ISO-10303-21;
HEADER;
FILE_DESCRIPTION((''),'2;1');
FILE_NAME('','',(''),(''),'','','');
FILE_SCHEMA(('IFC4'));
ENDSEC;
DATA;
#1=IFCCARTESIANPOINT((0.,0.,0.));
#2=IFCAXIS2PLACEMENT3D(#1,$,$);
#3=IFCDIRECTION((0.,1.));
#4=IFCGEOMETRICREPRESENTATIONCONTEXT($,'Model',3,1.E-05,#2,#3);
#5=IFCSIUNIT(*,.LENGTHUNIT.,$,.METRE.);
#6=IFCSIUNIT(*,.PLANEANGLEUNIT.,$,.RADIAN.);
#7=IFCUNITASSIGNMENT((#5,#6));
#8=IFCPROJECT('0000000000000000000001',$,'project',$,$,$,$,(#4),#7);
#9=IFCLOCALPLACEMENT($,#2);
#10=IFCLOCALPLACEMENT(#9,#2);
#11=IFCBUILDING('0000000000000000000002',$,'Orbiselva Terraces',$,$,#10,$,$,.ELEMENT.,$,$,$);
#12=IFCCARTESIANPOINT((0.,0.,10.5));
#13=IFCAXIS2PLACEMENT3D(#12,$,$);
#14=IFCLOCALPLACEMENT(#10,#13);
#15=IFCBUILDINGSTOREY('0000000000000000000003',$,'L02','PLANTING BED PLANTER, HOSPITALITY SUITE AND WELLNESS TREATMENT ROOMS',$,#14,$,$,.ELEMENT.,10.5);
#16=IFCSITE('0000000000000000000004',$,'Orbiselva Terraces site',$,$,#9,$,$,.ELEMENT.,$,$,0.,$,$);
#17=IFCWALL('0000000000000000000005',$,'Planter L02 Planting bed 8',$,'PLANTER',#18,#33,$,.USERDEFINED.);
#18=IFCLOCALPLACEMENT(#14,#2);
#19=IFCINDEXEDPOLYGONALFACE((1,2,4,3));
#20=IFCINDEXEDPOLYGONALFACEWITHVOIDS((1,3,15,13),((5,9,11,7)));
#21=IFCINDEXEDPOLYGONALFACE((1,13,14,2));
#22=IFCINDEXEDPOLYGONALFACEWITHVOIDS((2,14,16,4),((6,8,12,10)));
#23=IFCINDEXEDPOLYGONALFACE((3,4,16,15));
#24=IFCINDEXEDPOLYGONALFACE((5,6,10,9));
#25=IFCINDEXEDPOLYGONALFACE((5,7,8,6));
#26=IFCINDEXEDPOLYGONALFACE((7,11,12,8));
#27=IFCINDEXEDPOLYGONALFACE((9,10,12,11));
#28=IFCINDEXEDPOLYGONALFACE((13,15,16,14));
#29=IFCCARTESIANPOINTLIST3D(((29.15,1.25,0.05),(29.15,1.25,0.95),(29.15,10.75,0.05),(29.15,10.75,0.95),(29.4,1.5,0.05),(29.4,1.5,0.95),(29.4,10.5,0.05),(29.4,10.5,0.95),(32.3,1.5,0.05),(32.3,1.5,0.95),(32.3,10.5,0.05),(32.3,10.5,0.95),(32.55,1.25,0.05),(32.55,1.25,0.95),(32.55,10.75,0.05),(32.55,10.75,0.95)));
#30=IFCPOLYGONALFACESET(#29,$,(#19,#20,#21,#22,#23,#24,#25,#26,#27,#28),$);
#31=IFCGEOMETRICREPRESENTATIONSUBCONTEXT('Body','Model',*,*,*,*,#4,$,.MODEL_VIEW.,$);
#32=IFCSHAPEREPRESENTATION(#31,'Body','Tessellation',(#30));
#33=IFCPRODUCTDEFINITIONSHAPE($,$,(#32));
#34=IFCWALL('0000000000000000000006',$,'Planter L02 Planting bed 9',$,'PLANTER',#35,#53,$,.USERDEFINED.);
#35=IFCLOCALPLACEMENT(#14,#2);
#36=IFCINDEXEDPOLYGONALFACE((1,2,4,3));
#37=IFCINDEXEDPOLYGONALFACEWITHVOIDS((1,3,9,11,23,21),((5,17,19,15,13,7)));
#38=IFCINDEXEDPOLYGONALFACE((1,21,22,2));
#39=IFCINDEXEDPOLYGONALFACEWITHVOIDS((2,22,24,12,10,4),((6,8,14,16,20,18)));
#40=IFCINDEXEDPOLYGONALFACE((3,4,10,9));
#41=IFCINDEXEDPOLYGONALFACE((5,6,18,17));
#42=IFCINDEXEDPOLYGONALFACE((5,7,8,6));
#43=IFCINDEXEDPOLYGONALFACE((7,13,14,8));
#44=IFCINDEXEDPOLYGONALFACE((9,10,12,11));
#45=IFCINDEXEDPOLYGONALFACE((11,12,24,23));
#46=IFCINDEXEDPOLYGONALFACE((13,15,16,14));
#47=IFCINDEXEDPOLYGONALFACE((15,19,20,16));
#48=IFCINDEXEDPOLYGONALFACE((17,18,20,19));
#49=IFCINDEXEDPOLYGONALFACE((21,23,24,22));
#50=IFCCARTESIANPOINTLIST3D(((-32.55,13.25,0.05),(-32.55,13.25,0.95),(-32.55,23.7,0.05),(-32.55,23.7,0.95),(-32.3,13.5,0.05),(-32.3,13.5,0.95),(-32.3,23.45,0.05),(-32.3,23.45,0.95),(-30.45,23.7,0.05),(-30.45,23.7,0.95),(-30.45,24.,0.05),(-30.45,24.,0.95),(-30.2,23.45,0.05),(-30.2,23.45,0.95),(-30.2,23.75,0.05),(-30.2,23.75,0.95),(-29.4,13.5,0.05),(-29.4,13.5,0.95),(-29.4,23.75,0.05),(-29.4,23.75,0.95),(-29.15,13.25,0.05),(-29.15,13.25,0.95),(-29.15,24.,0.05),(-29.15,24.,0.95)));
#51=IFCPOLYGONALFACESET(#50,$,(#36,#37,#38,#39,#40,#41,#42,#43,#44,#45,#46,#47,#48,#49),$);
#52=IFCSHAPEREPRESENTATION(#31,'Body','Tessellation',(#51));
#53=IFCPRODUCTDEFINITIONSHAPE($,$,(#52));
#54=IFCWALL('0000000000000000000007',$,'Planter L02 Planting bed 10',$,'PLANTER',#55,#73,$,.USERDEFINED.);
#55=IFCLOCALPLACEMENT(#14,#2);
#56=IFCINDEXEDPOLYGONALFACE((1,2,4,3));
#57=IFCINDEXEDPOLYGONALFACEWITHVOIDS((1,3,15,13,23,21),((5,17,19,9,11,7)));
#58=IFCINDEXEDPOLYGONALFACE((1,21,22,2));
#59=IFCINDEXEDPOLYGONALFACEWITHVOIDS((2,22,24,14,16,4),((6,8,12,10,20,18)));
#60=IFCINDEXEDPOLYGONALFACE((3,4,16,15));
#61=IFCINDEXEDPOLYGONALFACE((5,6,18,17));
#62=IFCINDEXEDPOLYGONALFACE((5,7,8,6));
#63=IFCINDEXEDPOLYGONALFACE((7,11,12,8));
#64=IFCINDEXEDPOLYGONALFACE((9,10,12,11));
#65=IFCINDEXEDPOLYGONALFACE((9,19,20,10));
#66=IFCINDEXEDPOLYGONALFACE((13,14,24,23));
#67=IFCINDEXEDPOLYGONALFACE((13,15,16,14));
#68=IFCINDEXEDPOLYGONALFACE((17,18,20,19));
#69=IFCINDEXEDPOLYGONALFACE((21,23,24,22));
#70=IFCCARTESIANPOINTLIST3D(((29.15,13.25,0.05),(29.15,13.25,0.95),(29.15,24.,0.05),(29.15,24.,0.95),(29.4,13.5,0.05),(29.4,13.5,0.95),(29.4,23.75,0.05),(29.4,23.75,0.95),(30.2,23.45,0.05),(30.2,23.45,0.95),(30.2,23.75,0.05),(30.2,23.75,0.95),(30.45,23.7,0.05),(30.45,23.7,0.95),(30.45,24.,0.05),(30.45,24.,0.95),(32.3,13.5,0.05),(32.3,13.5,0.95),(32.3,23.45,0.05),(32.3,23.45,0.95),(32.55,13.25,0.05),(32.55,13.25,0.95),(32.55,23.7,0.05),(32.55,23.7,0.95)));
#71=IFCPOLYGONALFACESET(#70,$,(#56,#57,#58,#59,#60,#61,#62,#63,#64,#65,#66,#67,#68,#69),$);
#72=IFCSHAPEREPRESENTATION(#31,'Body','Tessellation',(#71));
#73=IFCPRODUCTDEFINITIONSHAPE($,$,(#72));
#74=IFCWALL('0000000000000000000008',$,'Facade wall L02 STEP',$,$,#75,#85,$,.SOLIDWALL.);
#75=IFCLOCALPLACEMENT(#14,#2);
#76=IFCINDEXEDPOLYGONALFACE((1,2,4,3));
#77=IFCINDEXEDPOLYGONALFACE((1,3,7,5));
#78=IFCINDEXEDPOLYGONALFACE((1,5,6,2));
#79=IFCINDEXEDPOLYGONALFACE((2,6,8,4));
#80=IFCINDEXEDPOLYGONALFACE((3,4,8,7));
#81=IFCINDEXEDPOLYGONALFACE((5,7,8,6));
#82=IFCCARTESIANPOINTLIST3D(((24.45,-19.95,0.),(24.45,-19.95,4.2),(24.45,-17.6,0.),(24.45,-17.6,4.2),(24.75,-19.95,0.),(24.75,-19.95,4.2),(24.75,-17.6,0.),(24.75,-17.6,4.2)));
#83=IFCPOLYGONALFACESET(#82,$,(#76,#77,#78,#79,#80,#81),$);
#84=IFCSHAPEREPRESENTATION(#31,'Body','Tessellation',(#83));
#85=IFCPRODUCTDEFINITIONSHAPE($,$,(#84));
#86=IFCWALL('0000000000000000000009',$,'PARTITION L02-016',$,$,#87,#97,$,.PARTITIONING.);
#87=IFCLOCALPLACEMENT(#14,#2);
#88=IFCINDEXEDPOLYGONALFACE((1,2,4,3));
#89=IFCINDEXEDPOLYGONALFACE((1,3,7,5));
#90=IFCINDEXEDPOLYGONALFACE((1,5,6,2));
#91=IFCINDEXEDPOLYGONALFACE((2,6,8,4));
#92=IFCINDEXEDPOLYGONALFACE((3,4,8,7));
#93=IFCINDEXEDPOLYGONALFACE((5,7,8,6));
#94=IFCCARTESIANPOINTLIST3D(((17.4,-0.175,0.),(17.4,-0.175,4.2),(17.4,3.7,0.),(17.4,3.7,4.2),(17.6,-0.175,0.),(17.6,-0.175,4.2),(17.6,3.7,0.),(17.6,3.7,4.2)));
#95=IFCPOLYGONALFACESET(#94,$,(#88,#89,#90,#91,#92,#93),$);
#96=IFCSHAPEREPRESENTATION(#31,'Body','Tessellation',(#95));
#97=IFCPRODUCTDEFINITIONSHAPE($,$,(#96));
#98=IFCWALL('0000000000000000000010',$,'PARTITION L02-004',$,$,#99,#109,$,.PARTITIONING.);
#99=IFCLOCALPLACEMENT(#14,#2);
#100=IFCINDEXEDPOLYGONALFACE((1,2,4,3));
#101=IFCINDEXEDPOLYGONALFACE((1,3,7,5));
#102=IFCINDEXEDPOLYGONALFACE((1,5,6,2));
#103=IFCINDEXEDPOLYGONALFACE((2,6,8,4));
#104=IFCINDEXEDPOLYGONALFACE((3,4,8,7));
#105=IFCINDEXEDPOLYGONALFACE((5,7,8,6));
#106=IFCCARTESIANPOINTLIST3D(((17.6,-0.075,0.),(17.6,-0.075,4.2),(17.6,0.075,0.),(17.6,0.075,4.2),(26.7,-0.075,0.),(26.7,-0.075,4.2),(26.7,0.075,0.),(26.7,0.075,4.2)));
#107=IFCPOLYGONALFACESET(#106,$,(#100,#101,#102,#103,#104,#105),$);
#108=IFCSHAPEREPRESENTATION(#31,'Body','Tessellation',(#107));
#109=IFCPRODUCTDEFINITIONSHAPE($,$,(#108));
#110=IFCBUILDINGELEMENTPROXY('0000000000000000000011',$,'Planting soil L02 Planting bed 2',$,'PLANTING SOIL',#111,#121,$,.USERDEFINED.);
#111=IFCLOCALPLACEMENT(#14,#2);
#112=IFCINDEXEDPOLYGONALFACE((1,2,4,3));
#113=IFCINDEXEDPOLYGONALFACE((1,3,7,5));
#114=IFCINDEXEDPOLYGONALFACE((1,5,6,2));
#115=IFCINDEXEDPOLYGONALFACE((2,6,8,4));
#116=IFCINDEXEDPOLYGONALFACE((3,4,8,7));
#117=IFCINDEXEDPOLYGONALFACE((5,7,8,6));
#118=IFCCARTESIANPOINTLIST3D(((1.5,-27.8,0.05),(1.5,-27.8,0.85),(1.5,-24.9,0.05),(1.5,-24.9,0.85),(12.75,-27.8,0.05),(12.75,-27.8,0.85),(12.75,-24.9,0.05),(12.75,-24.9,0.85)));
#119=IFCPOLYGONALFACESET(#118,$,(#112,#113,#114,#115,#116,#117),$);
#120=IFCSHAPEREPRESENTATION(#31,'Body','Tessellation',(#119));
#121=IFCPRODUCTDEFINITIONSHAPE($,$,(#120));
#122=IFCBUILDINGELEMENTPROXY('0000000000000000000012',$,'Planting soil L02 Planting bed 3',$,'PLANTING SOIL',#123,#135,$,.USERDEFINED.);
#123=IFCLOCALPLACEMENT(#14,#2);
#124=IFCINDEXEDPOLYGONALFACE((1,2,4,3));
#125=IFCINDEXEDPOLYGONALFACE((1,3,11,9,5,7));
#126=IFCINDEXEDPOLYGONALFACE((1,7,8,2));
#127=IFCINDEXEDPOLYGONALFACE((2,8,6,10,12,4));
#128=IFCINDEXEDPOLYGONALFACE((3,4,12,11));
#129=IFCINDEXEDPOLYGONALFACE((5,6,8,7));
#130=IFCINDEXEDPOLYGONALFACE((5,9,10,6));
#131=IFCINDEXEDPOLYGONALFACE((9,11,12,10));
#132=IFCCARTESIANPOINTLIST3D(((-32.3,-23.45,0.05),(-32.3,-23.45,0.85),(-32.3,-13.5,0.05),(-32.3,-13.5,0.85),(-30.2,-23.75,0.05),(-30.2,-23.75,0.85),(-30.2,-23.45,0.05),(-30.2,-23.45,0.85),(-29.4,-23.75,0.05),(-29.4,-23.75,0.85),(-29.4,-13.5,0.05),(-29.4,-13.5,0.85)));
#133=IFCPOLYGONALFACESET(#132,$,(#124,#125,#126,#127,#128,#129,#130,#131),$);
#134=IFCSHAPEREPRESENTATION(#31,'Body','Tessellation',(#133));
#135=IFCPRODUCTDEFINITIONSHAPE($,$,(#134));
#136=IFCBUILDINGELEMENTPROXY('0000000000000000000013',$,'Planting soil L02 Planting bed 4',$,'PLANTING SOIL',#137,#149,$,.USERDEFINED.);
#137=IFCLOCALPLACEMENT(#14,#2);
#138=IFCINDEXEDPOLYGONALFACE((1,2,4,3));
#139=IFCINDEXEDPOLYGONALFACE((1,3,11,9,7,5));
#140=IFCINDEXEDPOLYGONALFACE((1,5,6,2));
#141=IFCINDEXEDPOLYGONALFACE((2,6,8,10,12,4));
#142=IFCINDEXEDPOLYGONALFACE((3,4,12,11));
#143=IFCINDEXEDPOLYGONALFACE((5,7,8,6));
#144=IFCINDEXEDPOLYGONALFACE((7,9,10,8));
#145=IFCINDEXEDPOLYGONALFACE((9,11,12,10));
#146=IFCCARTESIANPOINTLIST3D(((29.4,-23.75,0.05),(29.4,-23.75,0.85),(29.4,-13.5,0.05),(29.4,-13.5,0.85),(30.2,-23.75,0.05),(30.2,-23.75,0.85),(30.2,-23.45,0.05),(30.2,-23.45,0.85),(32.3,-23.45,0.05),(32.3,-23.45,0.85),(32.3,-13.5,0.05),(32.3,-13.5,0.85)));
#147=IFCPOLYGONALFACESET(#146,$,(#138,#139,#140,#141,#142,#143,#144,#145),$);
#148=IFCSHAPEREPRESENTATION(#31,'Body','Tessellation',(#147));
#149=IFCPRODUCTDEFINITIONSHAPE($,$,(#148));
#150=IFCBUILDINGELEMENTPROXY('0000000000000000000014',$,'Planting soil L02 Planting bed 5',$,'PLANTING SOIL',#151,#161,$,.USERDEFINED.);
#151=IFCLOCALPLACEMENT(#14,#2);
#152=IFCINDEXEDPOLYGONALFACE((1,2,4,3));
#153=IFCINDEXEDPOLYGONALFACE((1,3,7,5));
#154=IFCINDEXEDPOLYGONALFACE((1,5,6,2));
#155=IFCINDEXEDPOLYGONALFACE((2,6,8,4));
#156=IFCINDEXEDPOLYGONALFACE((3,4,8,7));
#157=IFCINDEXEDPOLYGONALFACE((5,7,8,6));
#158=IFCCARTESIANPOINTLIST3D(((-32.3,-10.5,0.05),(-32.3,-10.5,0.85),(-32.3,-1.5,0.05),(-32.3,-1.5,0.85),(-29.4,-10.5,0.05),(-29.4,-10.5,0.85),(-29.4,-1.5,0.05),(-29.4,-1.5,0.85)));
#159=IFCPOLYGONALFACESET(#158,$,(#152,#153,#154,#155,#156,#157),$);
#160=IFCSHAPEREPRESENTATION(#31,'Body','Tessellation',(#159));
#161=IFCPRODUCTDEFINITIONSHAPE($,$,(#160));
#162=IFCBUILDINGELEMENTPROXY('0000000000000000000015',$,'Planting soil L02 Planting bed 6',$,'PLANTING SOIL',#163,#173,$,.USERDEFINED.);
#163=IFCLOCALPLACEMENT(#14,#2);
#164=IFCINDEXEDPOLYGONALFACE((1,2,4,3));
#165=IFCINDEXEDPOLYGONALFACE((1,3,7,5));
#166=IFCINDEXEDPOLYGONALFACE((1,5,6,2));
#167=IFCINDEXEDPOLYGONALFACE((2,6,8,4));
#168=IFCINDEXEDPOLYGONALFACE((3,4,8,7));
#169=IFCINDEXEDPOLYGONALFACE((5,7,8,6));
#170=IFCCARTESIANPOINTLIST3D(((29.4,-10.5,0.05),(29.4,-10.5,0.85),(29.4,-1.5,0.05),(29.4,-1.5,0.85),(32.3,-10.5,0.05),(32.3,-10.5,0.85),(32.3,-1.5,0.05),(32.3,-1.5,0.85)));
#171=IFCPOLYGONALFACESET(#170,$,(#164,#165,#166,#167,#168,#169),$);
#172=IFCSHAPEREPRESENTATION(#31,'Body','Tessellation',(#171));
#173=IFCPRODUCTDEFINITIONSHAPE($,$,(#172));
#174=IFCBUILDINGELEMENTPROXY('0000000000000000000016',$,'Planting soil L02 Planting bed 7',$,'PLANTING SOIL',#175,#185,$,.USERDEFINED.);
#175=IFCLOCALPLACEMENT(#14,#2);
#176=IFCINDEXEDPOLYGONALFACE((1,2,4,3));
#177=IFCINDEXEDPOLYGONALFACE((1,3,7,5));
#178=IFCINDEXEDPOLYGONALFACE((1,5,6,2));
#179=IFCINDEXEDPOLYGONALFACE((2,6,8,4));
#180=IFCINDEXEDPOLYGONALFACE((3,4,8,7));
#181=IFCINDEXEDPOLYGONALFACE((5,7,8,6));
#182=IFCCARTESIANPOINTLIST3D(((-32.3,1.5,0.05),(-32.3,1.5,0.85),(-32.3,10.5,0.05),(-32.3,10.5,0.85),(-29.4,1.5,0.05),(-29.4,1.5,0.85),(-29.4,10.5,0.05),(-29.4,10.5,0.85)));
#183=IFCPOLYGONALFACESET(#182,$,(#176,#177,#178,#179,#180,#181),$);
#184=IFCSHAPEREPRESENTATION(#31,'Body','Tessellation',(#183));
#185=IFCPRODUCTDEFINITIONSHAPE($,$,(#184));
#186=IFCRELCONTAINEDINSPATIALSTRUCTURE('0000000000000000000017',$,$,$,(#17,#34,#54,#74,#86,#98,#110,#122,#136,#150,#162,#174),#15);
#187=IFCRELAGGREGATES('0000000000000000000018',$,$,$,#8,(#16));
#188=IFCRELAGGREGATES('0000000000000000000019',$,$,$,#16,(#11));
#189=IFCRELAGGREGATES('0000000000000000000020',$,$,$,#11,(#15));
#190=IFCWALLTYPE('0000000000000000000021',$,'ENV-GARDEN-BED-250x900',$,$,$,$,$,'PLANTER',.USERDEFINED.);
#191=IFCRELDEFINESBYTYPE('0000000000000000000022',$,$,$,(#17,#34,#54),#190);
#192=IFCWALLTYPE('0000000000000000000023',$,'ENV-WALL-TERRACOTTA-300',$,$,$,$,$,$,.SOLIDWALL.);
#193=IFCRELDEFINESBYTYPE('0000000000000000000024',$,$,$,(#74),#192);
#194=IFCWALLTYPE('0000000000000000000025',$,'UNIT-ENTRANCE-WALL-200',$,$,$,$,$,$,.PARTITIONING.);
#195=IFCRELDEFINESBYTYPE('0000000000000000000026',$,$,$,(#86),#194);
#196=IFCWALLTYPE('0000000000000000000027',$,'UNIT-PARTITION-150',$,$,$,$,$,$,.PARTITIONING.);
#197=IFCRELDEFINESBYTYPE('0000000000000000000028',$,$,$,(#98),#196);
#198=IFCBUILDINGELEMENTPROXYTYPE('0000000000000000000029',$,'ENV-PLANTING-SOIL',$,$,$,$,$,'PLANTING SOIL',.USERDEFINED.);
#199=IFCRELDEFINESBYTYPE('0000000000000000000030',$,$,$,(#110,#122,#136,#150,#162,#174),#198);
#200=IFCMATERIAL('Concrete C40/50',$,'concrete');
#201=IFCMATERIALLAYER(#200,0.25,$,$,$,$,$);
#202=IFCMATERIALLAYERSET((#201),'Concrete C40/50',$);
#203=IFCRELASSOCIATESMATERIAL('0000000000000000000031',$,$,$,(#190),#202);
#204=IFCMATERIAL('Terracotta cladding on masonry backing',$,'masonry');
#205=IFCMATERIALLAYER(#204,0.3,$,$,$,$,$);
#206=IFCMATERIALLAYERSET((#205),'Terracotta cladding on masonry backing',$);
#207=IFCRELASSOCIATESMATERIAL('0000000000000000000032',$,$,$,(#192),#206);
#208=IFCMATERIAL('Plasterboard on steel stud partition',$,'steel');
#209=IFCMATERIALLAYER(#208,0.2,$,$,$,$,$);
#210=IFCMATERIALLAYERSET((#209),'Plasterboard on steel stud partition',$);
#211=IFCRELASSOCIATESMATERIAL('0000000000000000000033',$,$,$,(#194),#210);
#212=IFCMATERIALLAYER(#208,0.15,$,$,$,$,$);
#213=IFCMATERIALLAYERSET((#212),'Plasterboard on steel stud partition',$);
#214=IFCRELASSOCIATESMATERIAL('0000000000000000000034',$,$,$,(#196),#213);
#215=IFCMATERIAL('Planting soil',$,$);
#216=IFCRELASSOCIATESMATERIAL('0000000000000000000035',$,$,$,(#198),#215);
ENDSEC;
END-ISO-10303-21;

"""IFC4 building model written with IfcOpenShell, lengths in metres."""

from ifc_helpers import new_model, si_unit, direction, frame, frame_2d, origin, place, context, subcontext, project, spatial, polyline, rectangle, outline, extrude, material, layer, layer_set, type_object, element, save


model = new_model("IFC4")

# Units and contexts
model_context = context("Model", 3, precision=1e-05, world=origin(), true_north=direction((0.0, 1.0)))
body_context = subcontext(model_context, "Body", "Model", "MODEL_VIEW")
ifc_project = project(units=[si_unit("LENGTHUNIT", "METRE"), si_unit("PLANEANGLEUNIT", "RADIAN")], contexts=[model_context])

# Site, building, storey
site_placement = place(None, origin())
site = spatial("IfcSite", under=ifc_project, at=site_placement, Name="Orbiselva Terraces site", CompositionType="ELEMENT", RefElevation=0.0)
building_placement = place(site_placement, origin())
building = spatial("IfcBuilding", under=site, at=building_placement, Name="Orbiselva Terraces", CompositionType="ELEMENT")
storey_placement = place(building_placement, frame((0.0, 0.0, 10.5)))
storey = spatial("IfcBuildingStorey", under=building, at=storey_placement, Name="L02", Description="PLANTING BED PLANTER, HOSPITALITY SUITE AND WELLNESS TREATMENT ROOMS", CompositionType="ELEMENT", Elevation=10.5)

# Walls
ifc_material_1 = material(Name="Concrete C40/50", Category="concrete")
ifc_layer_1 = layer(ifc_material_1, 0.25)
ifc_layer_set_1 = layer_set([ifc_layer_1], Name="Concrete C40/50")
wall_type_1 = type_object("IfcWallType", Name="ENV-GARDEN-BED-250x900", ElementType="PLANTER", PredefinedType="USERDEFINED", material=ifc_layer_set_1)
wall_1_placement = place(storey_placement, frame((0.0, 0.0, 0.05)))
element("IfcWall", 1, at=wall_1_placement, inside=storey, type_object=wall_type_1, Name="Planter L02 Planting bed 8", ObjectType="PLANTER", PredefinedType="USERDEFINED", context=body_context, shape_type="SweptSolid", body=[
    extrude(outline(polyline([(29.15, 1.25), (32.55, 1.25), (32.55, 10.75), (29.15, 10.75), (29.15, 1.25)]), holes=[polyline([(29.4, 10.5), (32.3, 10.5), (32.3, 1.5), (29.4, 1.5), (29.4, 10.5)])]), origin(), (0.0, 0.0, 1.0), 0.9),
])
wall_2_placement = place(storey_placement, frame((0.0, 0.0, 0.05)))
element("IfcWall", 2, at=wall_2_placement, inside=storey, type_object=wall_type_1, Name="Planter L02 Planting bed 9", ObjectType="PLANTER", PredefinedType="USERDEFINED", context=body_context, shape_type="SweptSolid", body=[
    extrude(outline(polyline([(-29.15, 24.0), (-30.45, 24.0), (-30.45, 23.7), (-32.55, 23.7), (-32.55, 13.25), (-29.15, 13.25), (-29.15, 24.0)]), holes=[polyline([(-29.4, 13.5), (-32.3, 13.5), (-32.3, 23.45), (-30.2, 23.45), (-30.2, 23.75), (-29.4, 23.75), (-29.4, 13.5)])]), origin(), (0.0, 0.0, 1.0), 0.9),
])
wall_3_placement = place(storey_placement, frame((0.0, 0.0, 0.05)))
element("IfcWall", 3, at=wall_3_placement, inside=storey, type_object=wall_type_1, Name="Planter L02 Planting bed 10", ObjectType="PLANTER", PredefinedType="USERDEFINED", context=body_context, shape_type="SweptSolid", body=[
    extrude(outline(polyline([(32.55, 13.25), (32.55, 23.7), (30.45, 23.7), (30.45, 24.0), (29.15, 24.0), (29.15, 13.25), (32.55, 13.25)]), holes=[polyline([(29.4, 13.5), (29.4, 23.75), (30.2, 23.75), (30.2, 23.45), (32.3, 23.45), (32.3, 13.5), (29.4, 13.5)])]), origin(), (0.0, 0.0, 1.0), 0.9),
])
ifc_material_2 = material(Name="Terracotta cladding on masonry backing", Category="masonry")
ifc_layer_2 = layer(ifc_material_2, 0.3)
ifc_layer_set_2 = layer_set([ifc_layer_2], Name="Terracotta cladding on masonry backing")
wall_type_2 = type_object("IfcWallType", Name="ENV-WALL-TERRACOTTA-300", PredefinedType="SOLIDWALL", material=ifc_layer_set_2)
wall_4_placement = place(storey_placement, frame((24.6, -17.6, 0.0), z_axis=(0.0, 0.0, 1.0), x_axis=(0.0, -1.0, 0.0)))
element("IfcWall", 4, at=wall_4_placement, inside=storey, type_object=wall_type_2, Name="Facade wall L02 STEP", PredefinedType="SOLIDWALL", context=body_context, shape_type="SweptSolid", body=[
    extrude(rectangle(XDim=2.35, YDim=0.3, at=frame_2d((1.175, 0.0))), origin(), (0.0, 0.0, 1.0), 4.2),
])
ifc_material_3 = material(Name="Plasterboard on steel stud partition", Category="steel")
ifc_layer_3 = layer(ifc_material_3, 0.2)
ifc_layer_set_3 = layer_set([ifc_layer_3], Name="Plasterboard on steel stud partition")
wall_type_3 = type_object("IfcWallType", Name="UNIT-ENTRANCE-WALL-200", PredefinedType="PARTITIONING", material=ifc_layer_set_3)
wall_5_placement = place(storey_placement, frame((17.5, -0.175, 0.0), z_axis=(0.0, 0.0, 1.0), x_axis=(0.0, 1.0, 0.0)))
element("IfcWall", 5, at=wall_5_placement, inside=storey, type_object=wall_type_3, Name="PARTITION L02-016", PredefinedType="PARTITIONING", context=body_context, shape_type="SweptSolid", body=[
    extrude(rectangle(XDim=3.875, YDim=0.2, at=frame_2d((1.9375, 0.0))), origin(), (0.0, 0.0, 1.0), 4.2),
])
ifc_layer_4 = layer(ifc_material_3, 0.15)
ifc_layer_set_4 = layer_set([ifc_layer_4], Name="Plasterboard on steel stud partition")
wall_type_4 = type_object("IfcWallType", Name="UNIT-PARTITION-150", PredefinedType="PARTITIONING", material=ifc_layer_set_4)
wall_6_placement = place(storey_placement, frame((17.6, 0.0, 0.0), z_axis=(0.0, 0.0, 1.0), x_axis=(1.0, 0.0, 0.0)))
element("IfcWall", 6, at=wall_6_placement, inside=storey, type_object=wall_type_4, Name="PARTITION L02-004", PredefinedType="PARTITIONING", context=body_context, shape_type="SweptSolid", body=[
    extrude(rectangle(XDim=9.1, YDim=0.15, at=frame_2d((4.55, 0.0))), origin(), (0.0, 0.0, 1.0), 4.2),
])

# Building element proxies
ifc_material_4 = material(Name="Planting soil")
building_element_proxy_type = type_object("IfcBuildingElementProxyType", Name="ENV-PLANTING-SOIL", ElementType="PLANTING SOIL", PredefinedType="USERDEFINED", material=ifc_material_4)
proxy_1_placement = place(storey_placement, frame((0.0, 0.0, 0.05)))
element("IfcBuildingElementProxy", 7, at=proxy_1_placement, inside=storey, type_object=building_element_proxy_type, Name="Planting soil L02 Planting bed 2", ObjectType="PLANTING SOIL", PredefinedType="USERDEFINED", context=body_context, shape_type="SweptSolid", body=[
    extrude(outline(polyline([(1.5, -27.8), (1.5, -24.9), (12.75, -24.9), (12.75, -27.8), (1.5, -27.8)])), origin(), (0.0, 0.0, 1.0), 0.8),
])
proxy_2_placement = place(storey_placement, frame((0.0, 0.0, 0.05)))
element("IfcBuildingElementProxy", 8, at=proxy_2_placement, inside=storey, type_object=building_element_proxy_type, Name="Planting soil L02 Planting bed 3", ObjectType="PLANTING SOIL", PredefinedType="USERDEFINED", context=body_context, shape_type="SweptSolid", body=[
    extrude(outline(polyline([(-32.3, -13.5), (-29.4, -13.5), (-29.4, -23.75), (-30.2, -23.75), (-30.2, -23.45), (-32.3, -23.45), (-32.3, -13.5)])), origin(), (0.0, 0.0, 1.0), 0.8),
])
proxy_3_placement = place(storey_placement, frame((0.0, 0.0, 0.05)))
element("IfcBuildingElementProxy", 9, at=proxy_3_placement, inside=storey, type_object=building_element_proxy_type, Name="Planting soil L02 Planting bed 4", ObjectType="PLANTING SOIL", PredefinedType="USERDEFINED", context=body_context, shape_type="SweptSolid", body=[
    extrude(outline(polyline([(29.4, -23.75), (29.4, -13.5), (32.3, -13.5), (32.3, -23.45), (30.2, -23.45), (30.2, -23.75), (29.4, -23.75)])), origin(), (0.0, 0.0, 1.0), 0.8),
])
proxy_4_placement = place(storey_placement, frame((0.0, 0.0, 0.05)))
element("IfcBuildingElementProxy", 10, at=proxy_4_placement, inside=storey, type_object=building_element_proxy_type, Name="Planting soil L02 Planting bed 5", ObjectType="PLANTING SOIL", PredefinedType="USERDEFINED", context=body_context, shape_type="SweptSolid", body=[
    extrude(outline(polyline([(-32.3, -10.5), (-32.3, -1.5), (-29.4, -1.5), (-29.4, -10.5), (-32.3, -10.5)])), origin(), (0.0, 0.0, 1.0), 0.8),
])
proxy_5_placement = place(storey_placement, frame((0.0, 0.0, 0.05)))
element("IfcBuildingElementProxy", 11, at=proxy_5_placement, inside=storey, type_object=building_element_proxy_type, Name="Planting soil L02 Planting bed 6", ObjectType="PLANTING SOIL", PredefinedType="USERDEFINED", context=body_context, shape_type="SweptSolid", body=[
    extrude(outline(polyline([(29.4, -10.5), (29.4, -1.5), (32.3, -1.5), (32.3, -10.5), (29.4, -10.5)])), origin(), (0.0, 0.0, 1.0), 0.8),
])
proxy_6_placement = place(storey_placement, frame((0.0, 0.0, 0.05)))
element("IfcBuildingElementProxy", 12, at=proxy_6_placement, inside=storey, type_object=building_element_proxy_type, Name="Planting soil L02 Planting bed 7", ObjectType="PLANTING SOIL", PredefinedType="USERDEFINED", context=body_context, shape_type="SweptSolid", body=[
    extrude(outline(polyline([(-32.3, 1.5), (-32.3, 10.5), (-29.4, 10.5), (-29.4, 1.5), (-32.3, 1.5)])), origin(), (0.0, 0.0, 1.0), 0.8),
])

save(model, "model.ifc")
